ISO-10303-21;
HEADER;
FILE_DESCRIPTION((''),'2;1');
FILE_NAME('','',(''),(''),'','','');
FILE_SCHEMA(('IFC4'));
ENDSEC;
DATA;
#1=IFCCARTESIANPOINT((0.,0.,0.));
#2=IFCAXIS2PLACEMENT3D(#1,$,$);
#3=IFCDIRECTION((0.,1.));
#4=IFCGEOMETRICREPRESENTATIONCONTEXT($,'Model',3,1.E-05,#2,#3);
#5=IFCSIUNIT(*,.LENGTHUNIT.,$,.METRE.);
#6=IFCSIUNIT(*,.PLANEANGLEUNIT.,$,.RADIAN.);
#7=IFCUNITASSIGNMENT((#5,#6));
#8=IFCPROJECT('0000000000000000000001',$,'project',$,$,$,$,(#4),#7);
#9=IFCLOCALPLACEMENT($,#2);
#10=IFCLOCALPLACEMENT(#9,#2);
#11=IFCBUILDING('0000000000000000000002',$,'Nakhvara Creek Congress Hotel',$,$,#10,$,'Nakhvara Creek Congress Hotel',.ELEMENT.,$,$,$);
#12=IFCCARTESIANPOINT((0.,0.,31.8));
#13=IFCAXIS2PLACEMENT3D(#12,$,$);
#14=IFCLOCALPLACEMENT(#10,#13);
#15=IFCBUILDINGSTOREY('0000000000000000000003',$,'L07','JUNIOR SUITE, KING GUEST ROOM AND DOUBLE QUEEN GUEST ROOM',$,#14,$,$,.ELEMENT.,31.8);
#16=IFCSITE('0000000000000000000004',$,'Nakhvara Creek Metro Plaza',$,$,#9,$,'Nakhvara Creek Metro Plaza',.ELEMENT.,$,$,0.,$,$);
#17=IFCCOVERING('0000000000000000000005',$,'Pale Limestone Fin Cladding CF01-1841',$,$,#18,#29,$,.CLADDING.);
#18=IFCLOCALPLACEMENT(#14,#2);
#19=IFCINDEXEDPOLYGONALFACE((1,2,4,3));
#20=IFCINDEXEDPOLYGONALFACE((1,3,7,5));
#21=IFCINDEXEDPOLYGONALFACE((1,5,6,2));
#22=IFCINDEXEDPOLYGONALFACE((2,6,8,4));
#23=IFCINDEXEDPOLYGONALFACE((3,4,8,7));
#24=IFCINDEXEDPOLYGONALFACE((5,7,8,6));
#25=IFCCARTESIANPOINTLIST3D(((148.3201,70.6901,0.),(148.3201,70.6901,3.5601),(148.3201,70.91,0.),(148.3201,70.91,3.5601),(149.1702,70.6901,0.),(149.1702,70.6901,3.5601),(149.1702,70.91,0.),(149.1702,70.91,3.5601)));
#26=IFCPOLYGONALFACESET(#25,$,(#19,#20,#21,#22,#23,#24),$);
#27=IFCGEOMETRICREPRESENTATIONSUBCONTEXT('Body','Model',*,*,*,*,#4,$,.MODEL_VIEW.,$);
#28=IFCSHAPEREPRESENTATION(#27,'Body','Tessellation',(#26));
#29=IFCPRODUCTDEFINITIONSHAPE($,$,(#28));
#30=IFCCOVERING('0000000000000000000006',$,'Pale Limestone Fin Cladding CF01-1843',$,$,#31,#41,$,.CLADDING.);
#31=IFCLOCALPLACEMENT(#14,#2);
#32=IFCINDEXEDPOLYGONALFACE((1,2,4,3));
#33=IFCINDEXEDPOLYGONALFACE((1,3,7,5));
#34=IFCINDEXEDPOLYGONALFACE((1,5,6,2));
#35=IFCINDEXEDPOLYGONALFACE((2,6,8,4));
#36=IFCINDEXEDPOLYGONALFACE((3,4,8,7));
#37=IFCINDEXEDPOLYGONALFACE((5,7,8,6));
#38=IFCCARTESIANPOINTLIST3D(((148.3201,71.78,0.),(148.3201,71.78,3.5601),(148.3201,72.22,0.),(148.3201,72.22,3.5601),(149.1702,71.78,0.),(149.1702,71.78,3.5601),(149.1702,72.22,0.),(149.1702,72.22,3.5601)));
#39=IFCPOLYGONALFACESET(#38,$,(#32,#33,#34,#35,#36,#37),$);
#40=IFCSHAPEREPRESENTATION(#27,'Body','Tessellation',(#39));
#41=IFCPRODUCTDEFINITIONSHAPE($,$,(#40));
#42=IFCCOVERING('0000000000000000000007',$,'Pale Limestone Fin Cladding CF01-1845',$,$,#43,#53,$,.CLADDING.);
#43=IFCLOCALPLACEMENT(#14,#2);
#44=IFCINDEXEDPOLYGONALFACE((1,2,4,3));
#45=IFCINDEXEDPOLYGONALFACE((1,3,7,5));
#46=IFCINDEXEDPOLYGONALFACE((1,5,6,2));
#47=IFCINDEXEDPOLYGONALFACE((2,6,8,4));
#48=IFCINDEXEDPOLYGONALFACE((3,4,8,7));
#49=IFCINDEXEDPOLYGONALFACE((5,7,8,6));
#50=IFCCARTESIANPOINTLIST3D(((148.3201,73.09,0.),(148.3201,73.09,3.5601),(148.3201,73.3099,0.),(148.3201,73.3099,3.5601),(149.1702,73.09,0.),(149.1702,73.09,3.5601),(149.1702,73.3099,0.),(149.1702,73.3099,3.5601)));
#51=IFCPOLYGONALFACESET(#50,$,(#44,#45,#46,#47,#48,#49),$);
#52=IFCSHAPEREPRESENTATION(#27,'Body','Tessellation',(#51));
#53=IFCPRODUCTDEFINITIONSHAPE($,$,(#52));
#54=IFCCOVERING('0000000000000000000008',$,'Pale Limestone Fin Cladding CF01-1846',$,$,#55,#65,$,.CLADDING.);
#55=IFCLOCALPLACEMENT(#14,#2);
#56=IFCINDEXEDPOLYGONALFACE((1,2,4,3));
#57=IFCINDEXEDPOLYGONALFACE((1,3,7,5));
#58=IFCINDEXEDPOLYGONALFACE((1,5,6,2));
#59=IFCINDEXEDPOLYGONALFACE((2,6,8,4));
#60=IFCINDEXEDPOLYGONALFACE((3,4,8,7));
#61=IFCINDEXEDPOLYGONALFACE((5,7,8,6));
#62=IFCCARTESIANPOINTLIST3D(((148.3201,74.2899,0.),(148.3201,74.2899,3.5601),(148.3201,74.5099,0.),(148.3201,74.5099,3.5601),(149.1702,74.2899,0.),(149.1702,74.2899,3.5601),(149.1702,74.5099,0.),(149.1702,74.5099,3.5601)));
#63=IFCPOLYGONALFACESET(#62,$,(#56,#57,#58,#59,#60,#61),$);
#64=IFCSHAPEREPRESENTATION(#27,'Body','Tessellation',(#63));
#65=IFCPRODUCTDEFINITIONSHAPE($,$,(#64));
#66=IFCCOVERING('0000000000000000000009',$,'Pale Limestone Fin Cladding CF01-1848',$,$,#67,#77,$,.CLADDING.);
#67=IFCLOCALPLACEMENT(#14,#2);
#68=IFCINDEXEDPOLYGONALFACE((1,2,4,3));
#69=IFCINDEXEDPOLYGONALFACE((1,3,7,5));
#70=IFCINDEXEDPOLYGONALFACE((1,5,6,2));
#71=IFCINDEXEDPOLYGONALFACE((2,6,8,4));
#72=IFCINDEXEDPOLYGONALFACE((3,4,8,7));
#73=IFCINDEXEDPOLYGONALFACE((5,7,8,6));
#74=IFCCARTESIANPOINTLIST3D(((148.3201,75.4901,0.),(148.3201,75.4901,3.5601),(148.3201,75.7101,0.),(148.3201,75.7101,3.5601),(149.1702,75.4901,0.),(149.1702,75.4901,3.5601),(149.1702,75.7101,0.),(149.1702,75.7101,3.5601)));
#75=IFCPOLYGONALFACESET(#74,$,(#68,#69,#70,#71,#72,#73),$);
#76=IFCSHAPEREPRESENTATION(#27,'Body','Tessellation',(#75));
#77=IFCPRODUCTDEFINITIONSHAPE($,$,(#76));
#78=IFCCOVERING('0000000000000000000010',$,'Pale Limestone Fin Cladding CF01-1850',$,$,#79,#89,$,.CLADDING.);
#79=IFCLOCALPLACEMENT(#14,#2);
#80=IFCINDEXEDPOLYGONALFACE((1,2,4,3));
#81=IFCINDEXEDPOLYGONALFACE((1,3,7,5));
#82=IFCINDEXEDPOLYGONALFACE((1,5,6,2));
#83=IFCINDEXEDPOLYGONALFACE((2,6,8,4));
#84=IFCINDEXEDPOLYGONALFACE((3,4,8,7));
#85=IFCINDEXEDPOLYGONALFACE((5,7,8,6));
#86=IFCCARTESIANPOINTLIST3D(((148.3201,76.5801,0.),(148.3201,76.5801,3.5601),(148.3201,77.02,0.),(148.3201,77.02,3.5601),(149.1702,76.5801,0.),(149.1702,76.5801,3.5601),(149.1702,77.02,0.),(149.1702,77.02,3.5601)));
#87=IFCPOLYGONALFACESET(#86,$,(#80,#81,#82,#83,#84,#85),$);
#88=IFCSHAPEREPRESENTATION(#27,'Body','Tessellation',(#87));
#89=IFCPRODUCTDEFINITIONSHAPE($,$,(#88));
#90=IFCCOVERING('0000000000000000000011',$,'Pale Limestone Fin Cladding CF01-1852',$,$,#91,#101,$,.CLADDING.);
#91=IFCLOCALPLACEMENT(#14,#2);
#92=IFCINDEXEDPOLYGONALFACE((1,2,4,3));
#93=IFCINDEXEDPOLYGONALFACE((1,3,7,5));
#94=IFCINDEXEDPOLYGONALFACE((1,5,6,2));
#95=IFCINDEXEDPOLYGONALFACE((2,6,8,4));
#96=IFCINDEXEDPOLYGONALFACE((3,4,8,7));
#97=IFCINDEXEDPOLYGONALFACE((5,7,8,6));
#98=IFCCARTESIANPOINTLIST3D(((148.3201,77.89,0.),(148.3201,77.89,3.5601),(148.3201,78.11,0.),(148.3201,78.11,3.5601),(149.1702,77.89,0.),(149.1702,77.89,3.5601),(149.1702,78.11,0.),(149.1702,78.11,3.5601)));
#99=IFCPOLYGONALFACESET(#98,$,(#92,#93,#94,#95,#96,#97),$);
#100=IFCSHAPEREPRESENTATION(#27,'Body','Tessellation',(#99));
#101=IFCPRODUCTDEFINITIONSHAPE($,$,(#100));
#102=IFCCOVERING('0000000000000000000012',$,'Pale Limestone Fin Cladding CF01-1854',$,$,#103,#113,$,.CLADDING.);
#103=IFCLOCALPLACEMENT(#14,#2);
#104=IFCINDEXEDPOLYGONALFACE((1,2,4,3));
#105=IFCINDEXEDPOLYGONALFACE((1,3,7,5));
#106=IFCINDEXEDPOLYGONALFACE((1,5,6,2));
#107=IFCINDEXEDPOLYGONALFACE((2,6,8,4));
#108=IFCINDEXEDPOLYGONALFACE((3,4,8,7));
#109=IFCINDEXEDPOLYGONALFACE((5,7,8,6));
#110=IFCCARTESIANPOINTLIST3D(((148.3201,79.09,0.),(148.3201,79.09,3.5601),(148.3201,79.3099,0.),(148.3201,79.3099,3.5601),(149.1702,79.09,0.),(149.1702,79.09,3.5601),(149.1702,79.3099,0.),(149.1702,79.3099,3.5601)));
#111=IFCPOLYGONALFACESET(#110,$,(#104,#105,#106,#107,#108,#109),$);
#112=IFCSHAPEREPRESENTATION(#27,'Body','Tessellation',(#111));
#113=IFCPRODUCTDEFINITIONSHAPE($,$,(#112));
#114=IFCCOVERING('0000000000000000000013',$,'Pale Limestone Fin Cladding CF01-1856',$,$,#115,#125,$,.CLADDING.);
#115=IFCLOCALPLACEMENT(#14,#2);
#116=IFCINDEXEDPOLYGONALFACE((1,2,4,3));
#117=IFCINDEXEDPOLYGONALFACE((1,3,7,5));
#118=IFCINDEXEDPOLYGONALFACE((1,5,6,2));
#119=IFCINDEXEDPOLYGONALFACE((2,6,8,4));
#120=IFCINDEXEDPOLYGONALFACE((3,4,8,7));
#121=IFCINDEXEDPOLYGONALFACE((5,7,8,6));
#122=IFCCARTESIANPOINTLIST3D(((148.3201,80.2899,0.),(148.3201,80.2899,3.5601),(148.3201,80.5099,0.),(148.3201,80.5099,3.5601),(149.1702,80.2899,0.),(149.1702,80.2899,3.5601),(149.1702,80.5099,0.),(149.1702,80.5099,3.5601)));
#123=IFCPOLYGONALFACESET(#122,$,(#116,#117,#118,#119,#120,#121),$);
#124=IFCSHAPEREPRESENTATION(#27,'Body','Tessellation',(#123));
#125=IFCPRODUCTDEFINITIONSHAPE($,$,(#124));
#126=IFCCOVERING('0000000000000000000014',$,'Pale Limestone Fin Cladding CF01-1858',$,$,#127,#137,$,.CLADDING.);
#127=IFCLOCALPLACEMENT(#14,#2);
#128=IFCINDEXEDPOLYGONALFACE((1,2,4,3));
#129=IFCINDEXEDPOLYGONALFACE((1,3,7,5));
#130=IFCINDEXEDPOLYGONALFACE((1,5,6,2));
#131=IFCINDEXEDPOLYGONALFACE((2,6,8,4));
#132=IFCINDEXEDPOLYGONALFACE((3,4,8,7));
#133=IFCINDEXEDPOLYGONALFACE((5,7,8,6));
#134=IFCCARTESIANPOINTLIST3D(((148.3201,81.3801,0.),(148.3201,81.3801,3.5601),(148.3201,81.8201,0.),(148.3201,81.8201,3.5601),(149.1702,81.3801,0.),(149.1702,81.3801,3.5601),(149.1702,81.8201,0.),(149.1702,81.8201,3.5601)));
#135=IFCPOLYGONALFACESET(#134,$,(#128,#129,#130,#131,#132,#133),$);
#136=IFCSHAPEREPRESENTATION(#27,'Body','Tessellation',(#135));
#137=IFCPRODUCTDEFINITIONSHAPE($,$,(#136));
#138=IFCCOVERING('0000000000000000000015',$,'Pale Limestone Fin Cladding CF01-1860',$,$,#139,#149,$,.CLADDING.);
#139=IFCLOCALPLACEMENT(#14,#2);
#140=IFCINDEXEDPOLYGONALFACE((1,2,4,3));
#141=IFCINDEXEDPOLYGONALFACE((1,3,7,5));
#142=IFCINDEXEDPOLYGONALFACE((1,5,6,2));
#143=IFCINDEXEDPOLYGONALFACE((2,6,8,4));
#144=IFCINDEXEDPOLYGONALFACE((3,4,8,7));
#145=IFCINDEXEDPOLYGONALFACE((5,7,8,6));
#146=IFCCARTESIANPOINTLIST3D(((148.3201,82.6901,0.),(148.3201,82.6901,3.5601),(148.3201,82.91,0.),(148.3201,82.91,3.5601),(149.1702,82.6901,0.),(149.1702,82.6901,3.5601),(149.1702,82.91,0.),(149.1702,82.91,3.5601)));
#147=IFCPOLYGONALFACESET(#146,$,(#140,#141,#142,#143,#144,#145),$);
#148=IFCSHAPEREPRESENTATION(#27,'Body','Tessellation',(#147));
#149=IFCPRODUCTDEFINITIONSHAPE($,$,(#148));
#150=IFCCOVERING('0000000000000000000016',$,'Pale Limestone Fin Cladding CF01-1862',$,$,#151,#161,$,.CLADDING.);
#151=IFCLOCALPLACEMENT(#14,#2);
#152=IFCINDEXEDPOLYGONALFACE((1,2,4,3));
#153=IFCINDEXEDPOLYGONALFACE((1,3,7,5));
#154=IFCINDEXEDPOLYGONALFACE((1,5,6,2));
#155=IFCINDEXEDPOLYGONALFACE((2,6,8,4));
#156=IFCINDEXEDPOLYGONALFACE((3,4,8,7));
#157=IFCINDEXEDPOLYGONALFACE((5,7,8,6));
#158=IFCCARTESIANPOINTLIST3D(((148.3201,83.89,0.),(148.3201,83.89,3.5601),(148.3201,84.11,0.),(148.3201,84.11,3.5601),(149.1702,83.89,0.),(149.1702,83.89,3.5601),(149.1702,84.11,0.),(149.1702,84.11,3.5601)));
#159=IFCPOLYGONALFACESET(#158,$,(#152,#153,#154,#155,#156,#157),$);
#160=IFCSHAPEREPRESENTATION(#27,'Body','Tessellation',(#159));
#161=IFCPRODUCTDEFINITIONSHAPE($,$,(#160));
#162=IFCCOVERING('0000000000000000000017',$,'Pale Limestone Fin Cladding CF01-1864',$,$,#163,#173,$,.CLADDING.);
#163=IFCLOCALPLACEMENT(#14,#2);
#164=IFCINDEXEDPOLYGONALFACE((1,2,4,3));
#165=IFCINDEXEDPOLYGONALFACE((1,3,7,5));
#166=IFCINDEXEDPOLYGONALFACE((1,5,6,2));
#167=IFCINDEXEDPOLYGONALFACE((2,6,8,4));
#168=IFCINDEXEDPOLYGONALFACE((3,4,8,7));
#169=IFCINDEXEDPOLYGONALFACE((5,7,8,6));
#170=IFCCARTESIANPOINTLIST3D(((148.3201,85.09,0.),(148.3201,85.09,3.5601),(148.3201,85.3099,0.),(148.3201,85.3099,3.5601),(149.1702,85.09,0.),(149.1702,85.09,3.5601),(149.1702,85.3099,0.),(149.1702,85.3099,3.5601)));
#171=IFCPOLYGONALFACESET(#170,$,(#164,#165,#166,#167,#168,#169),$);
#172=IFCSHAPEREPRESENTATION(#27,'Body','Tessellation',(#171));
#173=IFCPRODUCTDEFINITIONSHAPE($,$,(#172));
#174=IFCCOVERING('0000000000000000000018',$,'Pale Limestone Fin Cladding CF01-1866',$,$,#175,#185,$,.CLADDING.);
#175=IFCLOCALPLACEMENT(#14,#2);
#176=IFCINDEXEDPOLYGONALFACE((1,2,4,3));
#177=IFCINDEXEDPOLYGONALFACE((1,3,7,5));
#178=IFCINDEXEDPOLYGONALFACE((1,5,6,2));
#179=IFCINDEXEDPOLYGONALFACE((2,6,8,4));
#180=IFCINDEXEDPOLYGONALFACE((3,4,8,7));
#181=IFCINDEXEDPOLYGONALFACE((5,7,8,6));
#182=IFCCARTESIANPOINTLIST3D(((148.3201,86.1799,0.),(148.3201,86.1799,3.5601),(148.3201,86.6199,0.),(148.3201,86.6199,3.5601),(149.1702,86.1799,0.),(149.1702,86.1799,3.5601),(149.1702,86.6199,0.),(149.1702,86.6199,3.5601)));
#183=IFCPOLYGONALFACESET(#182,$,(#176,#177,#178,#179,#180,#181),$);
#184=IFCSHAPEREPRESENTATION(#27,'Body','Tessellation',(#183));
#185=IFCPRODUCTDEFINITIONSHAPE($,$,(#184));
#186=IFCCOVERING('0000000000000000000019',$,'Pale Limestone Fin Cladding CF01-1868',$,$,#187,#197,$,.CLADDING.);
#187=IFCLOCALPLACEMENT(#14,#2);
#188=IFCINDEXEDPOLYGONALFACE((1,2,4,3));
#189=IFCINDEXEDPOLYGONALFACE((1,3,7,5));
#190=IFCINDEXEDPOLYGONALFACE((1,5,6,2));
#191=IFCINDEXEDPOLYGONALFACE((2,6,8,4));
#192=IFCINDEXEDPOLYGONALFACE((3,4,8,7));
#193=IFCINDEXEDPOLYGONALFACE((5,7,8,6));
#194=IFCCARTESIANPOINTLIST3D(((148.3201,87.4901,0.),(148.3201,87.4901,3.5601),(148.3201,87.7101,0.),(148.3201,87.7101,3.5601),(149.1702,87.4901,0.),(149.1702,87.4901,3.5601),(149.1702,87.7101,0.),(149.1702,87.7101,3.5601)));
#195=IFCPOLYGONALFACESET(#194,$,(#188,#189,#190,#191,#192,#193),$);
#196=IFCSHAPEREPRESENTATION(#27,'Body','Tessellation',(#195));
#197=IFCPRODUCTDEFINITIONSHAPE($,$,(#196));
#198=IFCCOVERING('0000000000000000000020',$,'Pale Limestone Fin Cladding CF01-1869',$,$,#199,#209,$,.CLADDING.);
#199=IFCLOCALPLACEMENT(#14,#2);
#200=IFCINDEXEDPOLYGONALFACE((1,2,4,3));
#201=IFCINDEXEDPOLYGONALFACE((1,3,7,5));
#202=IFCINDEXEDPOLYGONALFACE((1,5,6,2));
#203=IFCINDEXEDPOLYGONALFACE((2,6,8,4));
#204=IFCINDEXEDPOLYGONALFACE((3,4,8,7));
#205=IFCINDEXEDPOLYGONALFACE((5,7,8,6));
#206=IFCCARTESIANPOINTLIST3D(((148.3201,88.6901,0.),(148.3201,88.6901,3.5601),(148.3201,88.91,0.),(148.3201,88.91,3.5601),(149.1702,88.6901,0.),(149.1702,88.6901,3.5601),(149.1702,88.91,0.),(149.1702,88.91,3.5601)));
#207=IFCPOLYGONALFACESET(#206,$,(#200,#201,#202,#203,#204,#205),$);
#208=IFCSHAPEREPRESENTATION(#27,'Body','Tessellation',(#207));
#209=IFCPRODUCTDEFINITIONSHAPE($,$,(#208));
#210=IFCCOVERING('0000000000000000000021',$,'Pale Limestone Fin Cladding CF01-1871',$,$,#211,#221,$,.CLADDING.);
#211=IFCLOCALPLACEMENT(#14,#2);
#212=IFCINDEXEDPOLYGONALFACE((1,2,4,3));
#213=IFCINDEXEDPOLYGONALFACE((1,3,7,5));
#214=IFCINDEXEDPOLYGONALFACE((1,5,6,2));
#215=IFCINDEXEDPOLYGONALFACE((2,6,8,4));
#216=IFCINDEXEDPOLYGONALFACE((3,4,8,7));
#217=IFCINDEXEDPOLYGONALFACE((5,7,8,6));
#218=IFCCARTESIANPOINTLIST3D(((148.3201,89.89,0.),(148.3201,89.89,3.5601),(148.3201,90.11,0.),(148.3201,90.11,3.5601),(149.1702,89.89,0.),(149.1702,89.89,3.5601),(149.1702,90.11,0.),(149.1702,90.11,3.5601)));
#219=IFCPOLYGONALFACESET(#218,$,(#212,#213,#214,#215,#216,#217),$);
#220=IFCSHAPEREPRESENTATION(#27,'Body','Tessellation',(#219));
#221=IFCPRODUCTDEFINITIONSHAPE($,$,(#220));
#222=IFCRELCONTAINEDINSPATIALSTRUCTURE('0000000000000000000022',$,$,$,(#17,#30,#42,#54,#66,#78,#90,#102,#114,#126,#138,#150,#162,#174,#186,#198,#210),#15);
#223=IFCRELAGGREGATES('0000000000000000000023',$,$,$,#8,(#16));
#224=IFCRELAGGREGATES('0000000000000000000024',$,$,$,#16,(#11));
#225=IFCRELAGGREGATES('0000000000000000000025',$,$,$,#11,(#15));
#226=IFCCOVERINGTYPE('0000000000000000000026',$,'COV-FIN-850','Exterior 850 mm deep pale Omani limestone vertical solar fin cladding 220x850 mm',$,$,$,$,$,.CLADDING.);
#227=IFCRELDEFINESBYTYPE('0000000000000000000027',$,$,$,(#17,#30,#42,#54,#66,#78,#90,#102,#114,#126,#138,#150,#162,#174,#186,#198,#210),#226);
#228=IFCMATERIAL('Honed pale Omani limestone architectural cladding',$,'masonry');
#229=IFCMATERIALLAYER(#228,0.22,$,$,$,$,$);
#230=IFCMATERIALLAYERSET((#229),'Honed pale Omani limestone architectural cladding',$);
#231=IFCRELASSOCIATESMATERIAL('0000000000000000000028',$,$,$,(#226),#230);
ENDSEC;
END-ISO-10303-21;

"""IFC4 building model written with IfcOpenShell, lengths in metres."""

from ifc_helpers import new_model, si_unit, direction, frame, origin, origin_2d, place, context, subcontext, project, spatial, rectangle, extrude, material, layer, layer_set, type_object, element, save


model = new_model("IFC4")

# Units and contexts
model_context = context("Model", 3, precision=1e-05, world=origin(), true_north=direction((0.0, 1.0)))
body_context = subcontext(model_context, "Body", "Model", "MODEL_VIEW")
ifc_project = project(units=[si_unit("LENGTHUNIT", "METRE"), si_unit("PLANEANGLEUNIT", "RADIAN")], contexts=[model_context])

# Site, building, storey
site_placement = place(None, origin())
site = spatial("IfcSite", under=ifc_project, at=site_placement, Name="Nakhvara Creek Metro Plaza", LongName="Nakhvara Creek Metro Plaza", CompositionType="ELEMENT", RefElevation=0.0)
building_placement = place(site_placement, origin())
building = spatial("IfcBuilding", under=site, at=building_placement, Name="Nakhvara Creek Congress Hotel", LongName="Nakhvara Creek Congress Hotel", CompositionType="ELEMENT")
storey_placement = place(building_placement, frame((0.0, 0.0, 31.8)))
storey = spatial("IfcBuildingStorey", under=building, at=storey_placement, Name="L07", Description="JUNIOR SUITE, KING GUEST ROOM AND DOUBLE QUEEN GUEST ROOM", CompositionType="ELEMENT", Elevation=31.8)

# Coverings
ifc_material_1 = material(Name="Honed pale Omani limestone architectural cladding", Category="masonry")
ifc_layer = layer(ifc_material_1, 0.22)
ifc_layer_set = layer_set([ifc_layer], Name="Honed pale Omani limestone architectural cladding")
covering_type = type_object("IfcCoveringType", Name="COV-FIN-850", Description="Exterior 850 mm deep pale Omani limestone vertical solar fin cladding 220x850 mm", PredefinedType="CLADDING", material=ifc_layer_set)
covering_1_placement = place(storey_placement, frame((148.7451, 70.8, 0.0), z_axis=(0.0, 0.0, 1.0), x_axis=(0.0, 1.0, 0.0)))
element("IfcCovering", 1, at=covering_1_placement, inside=storey, type_object=covering_type, Name="Pale Limestone Fin Cladding CF01-1841", PredefinedType="CLADDING", context=body_context, shape_type="SweptSolid", body=[
    extrude(rectangle(XDim=0.22, YDim=0.8501, at=origin_2d()), origin(), (0.0, 0.0, 1.0), 3.5601),
])
covering_2_placement = place(storey_placement, frame((148.7451, 72.0, 0.0), z_axis=(0.0, 0.0, 1.0), x_axis=(0.0, 1.0, 0.0)))
element("IfcCovering", 2, at=covering_2_placement, inside=storey, type_object=covering_type, Name="Pale Limestone Fin Cladding CF01-1843", PredefinedType="CLADDING", context=body_context, shape_type="SweptSolid", body=[
    extrude(rectangle(XDim=0.4399, YDim=0.8501, at=origin_2d()), origin(), (0.0, 0.0, 1.0), 3.5601),
])
for number, where, z_axis, x_axis, name in (
    (3, (148.7451, 73.2, 0.0), (0.0, 0.0, 1.0), (0.0, 1.0, 0.0), "Pale Limestone Fin Cladding CF01-1845"),
    (4, (148.7451, 74.3999, 0.0), (0.0, 0.0, 1.0), (0.0, 1.0, 0.0), "Pale Limestone Fin Cladding CF01-1846"),
    (5, (148.7451, 75.6001, 0.0), (0.0, 0.0, 1.0), (0.0, 1.0, 0.0), "Pale Limestone Fin Cladding CF01-1848"),
):
    element("IfcCovering", number, at=place(storey_placement, frame(where, z_axis=z_axis, x_axis=x_axis)), inside=storey, type_object=covering_type, Name=name, PredefinedType="CLADDING", context=body_context, shape_type="SweptSolid", body=[
        extrude(rectangle(XDim=0.22, YDim=0.8501, at=origin_2d()), origin(), (0.0, 0.0, 1.0), 3.5601),
    ])
covering_3_placement = place(storey_placement, frame((148.7451, 76.8, 0.0), z_axis=(0.0, 0.0, 1.0), x_axis=(0.0, 1.0, 0.0)))
element("IfcCovering", 6, at=covering_3_placement, inside=storey, type_object=covering_type, Name="Pale Limestone Fin Cladding CF01-1850", PredefinedType="CLADDING", context=body_context, shape_type="SweptSolid", body=[
    extrude(rectangle(XDim=0.4399, YDim=0.8501, at=origin_2d()), origin(), (0.0, 0.0, 1.0), 3.5601),
])
for number, where, z_axis, x_axis, name in (
    (7, (148.7451, 78.0, 0.0), (0.0, 0.0, 1.0), (0.0, 1.0, 0.0), "Pale Limestone Fin Cladding CF01-1852"),
    (8, (148.7451, 79.2, 0.0), (0.0, 0.0, 1.0), (0.0, 1.0, 0.0), "Pale Limestone Fin Cladding CF01-1854"),
    (9, (148.7451, 80.3999, 0.0), (0.0, 0.0, 1.0), (0.0, 1.0, 0.0), "Pale Limestone Fin Cladding CF01-1856"),
):
    element("IfcCovering", number, at=place(storey_placement, frame(where, z_axis=z_axis, x_axis=x_axis)), inside=storey, type_object=covering_type, Name=name, PredefinedType="CLADDING", context=body_context, shape_type="SweptSolid", body=[
        extrude(rectangle(XDim=0.22, YDim=0.8501, at=origin_2d()), origin(), (0.0, 0.0, 1.0), 3.5601),
    ])
covering_4_placement = place(storey_placement, frame((148.7451, 81.6001, 0.0), z_axis=(0.0, 0.0, 1.0), x_axis=(0.0, 1.0, 0.0)))
element("IfcCovering", 10, at=covering_4_placement, inside=storey, type_object=covering_type, Name="Pale Limestone Fin Cladding CF01-1858", PredefinedType="CLADDING", context=body_context, shape_type="SweptSolid", body=[
    extrude(rectangle(XDim=0.4399, YDim=0.8501, at=origin_2d()), origin(), (0.0, 0.0, 1.0), 3.5601),
])
for number, where, z_axis, x_axis, name in (
    (11, (148.7451, 82.8, 0.0), (0.0, 0.0, 1.0), (0.0, 1.0, 0.0), "Pale Limestone Fin Cladding CF01-1860"),
    (12, (148.7451, 84.0, 0.0), (0.0, 0.0, 1.0), (0.0, 1.0, 0.0), "Pale Limestone Fin Cladding CF01-1862"),
    (13, (148.7451, 85.2, 0.0), (0.0, 0.0, 1.0), (0.0, 1.0, 0.0), "Pale Limestone Fin Cladding CF01-1864"),
):
    element("IfcCovering", number, at=place(storey_placement, frame(where, z_axis=z_axis, x_axis=x_axis)), inside=storey, type_object=covering_type, Name=name, PredefinedType="CLADDING", context=body_context, shape_type="SweptSolid", body=[
        extrude(rectangle(XDim=0.22, YDim=0.8501, at=origin_2d()), origin(), (0.0, 0.0, 1.0), 3.5601),
    ])
covering_5_placement = place(storey_placement, frame((148.7451, 86.3999, 0.0), z_axis=(0.0, 0.0, 1.0), x_axis=(0.0, 1.0, 0.0)))
element("IfcCovering", 14, at=covering_5_placement, inside=storey, type_object=covering_type, Name="Pale Limestone Fin Cladding CF01-1866", PredefinedType="CLADDING", context=body_context, shape_type="SweptSolid", body=[
    extrude(rectangle(XDim=0.4399, YDim=0.8501, at=origin_2d()), origin(), (0.0, 0.0, 1.0), 3.5601),
])
for number, where, z_axis, x_axis, name in (
    (15, (148.7451, 87.6001, 0.0), (0.0, 0.0, 1.0), (0.0, 1.0, 0.0), "Pale Limestone Fin Cladding CF01-1868"),
    (16, (148.7451, 88.8, 0.0), (0.0, 0.0, 1.0), (0.0, 1.0, 0.0), "Pale Limestone Fin Cladding CF01-1869"),
    (17, (148.7451, 90.0, 0.0), (0.0, 0.0, 1.0), (0.0, 1.0, 0.0), "Pale Limestone Fin Cladding CF01-1871"),
):
    element("IfcCovering", number, at=place(storey_placement, frame(where, z_axis=z_axis, x_axis=x_axis)), inside=storey, type_object=covering_type, Name=name, PredefinedType="CLADDING", context=body_context, shape_type="SweptSolid", body=[
        extrude(rectangle(XDim=0.22, YDim=0.8501, at=origin_2d()), origin(), (0.0, 0.0, 1.0), 3.5601),
    ])

save(model, "model.ifc")
